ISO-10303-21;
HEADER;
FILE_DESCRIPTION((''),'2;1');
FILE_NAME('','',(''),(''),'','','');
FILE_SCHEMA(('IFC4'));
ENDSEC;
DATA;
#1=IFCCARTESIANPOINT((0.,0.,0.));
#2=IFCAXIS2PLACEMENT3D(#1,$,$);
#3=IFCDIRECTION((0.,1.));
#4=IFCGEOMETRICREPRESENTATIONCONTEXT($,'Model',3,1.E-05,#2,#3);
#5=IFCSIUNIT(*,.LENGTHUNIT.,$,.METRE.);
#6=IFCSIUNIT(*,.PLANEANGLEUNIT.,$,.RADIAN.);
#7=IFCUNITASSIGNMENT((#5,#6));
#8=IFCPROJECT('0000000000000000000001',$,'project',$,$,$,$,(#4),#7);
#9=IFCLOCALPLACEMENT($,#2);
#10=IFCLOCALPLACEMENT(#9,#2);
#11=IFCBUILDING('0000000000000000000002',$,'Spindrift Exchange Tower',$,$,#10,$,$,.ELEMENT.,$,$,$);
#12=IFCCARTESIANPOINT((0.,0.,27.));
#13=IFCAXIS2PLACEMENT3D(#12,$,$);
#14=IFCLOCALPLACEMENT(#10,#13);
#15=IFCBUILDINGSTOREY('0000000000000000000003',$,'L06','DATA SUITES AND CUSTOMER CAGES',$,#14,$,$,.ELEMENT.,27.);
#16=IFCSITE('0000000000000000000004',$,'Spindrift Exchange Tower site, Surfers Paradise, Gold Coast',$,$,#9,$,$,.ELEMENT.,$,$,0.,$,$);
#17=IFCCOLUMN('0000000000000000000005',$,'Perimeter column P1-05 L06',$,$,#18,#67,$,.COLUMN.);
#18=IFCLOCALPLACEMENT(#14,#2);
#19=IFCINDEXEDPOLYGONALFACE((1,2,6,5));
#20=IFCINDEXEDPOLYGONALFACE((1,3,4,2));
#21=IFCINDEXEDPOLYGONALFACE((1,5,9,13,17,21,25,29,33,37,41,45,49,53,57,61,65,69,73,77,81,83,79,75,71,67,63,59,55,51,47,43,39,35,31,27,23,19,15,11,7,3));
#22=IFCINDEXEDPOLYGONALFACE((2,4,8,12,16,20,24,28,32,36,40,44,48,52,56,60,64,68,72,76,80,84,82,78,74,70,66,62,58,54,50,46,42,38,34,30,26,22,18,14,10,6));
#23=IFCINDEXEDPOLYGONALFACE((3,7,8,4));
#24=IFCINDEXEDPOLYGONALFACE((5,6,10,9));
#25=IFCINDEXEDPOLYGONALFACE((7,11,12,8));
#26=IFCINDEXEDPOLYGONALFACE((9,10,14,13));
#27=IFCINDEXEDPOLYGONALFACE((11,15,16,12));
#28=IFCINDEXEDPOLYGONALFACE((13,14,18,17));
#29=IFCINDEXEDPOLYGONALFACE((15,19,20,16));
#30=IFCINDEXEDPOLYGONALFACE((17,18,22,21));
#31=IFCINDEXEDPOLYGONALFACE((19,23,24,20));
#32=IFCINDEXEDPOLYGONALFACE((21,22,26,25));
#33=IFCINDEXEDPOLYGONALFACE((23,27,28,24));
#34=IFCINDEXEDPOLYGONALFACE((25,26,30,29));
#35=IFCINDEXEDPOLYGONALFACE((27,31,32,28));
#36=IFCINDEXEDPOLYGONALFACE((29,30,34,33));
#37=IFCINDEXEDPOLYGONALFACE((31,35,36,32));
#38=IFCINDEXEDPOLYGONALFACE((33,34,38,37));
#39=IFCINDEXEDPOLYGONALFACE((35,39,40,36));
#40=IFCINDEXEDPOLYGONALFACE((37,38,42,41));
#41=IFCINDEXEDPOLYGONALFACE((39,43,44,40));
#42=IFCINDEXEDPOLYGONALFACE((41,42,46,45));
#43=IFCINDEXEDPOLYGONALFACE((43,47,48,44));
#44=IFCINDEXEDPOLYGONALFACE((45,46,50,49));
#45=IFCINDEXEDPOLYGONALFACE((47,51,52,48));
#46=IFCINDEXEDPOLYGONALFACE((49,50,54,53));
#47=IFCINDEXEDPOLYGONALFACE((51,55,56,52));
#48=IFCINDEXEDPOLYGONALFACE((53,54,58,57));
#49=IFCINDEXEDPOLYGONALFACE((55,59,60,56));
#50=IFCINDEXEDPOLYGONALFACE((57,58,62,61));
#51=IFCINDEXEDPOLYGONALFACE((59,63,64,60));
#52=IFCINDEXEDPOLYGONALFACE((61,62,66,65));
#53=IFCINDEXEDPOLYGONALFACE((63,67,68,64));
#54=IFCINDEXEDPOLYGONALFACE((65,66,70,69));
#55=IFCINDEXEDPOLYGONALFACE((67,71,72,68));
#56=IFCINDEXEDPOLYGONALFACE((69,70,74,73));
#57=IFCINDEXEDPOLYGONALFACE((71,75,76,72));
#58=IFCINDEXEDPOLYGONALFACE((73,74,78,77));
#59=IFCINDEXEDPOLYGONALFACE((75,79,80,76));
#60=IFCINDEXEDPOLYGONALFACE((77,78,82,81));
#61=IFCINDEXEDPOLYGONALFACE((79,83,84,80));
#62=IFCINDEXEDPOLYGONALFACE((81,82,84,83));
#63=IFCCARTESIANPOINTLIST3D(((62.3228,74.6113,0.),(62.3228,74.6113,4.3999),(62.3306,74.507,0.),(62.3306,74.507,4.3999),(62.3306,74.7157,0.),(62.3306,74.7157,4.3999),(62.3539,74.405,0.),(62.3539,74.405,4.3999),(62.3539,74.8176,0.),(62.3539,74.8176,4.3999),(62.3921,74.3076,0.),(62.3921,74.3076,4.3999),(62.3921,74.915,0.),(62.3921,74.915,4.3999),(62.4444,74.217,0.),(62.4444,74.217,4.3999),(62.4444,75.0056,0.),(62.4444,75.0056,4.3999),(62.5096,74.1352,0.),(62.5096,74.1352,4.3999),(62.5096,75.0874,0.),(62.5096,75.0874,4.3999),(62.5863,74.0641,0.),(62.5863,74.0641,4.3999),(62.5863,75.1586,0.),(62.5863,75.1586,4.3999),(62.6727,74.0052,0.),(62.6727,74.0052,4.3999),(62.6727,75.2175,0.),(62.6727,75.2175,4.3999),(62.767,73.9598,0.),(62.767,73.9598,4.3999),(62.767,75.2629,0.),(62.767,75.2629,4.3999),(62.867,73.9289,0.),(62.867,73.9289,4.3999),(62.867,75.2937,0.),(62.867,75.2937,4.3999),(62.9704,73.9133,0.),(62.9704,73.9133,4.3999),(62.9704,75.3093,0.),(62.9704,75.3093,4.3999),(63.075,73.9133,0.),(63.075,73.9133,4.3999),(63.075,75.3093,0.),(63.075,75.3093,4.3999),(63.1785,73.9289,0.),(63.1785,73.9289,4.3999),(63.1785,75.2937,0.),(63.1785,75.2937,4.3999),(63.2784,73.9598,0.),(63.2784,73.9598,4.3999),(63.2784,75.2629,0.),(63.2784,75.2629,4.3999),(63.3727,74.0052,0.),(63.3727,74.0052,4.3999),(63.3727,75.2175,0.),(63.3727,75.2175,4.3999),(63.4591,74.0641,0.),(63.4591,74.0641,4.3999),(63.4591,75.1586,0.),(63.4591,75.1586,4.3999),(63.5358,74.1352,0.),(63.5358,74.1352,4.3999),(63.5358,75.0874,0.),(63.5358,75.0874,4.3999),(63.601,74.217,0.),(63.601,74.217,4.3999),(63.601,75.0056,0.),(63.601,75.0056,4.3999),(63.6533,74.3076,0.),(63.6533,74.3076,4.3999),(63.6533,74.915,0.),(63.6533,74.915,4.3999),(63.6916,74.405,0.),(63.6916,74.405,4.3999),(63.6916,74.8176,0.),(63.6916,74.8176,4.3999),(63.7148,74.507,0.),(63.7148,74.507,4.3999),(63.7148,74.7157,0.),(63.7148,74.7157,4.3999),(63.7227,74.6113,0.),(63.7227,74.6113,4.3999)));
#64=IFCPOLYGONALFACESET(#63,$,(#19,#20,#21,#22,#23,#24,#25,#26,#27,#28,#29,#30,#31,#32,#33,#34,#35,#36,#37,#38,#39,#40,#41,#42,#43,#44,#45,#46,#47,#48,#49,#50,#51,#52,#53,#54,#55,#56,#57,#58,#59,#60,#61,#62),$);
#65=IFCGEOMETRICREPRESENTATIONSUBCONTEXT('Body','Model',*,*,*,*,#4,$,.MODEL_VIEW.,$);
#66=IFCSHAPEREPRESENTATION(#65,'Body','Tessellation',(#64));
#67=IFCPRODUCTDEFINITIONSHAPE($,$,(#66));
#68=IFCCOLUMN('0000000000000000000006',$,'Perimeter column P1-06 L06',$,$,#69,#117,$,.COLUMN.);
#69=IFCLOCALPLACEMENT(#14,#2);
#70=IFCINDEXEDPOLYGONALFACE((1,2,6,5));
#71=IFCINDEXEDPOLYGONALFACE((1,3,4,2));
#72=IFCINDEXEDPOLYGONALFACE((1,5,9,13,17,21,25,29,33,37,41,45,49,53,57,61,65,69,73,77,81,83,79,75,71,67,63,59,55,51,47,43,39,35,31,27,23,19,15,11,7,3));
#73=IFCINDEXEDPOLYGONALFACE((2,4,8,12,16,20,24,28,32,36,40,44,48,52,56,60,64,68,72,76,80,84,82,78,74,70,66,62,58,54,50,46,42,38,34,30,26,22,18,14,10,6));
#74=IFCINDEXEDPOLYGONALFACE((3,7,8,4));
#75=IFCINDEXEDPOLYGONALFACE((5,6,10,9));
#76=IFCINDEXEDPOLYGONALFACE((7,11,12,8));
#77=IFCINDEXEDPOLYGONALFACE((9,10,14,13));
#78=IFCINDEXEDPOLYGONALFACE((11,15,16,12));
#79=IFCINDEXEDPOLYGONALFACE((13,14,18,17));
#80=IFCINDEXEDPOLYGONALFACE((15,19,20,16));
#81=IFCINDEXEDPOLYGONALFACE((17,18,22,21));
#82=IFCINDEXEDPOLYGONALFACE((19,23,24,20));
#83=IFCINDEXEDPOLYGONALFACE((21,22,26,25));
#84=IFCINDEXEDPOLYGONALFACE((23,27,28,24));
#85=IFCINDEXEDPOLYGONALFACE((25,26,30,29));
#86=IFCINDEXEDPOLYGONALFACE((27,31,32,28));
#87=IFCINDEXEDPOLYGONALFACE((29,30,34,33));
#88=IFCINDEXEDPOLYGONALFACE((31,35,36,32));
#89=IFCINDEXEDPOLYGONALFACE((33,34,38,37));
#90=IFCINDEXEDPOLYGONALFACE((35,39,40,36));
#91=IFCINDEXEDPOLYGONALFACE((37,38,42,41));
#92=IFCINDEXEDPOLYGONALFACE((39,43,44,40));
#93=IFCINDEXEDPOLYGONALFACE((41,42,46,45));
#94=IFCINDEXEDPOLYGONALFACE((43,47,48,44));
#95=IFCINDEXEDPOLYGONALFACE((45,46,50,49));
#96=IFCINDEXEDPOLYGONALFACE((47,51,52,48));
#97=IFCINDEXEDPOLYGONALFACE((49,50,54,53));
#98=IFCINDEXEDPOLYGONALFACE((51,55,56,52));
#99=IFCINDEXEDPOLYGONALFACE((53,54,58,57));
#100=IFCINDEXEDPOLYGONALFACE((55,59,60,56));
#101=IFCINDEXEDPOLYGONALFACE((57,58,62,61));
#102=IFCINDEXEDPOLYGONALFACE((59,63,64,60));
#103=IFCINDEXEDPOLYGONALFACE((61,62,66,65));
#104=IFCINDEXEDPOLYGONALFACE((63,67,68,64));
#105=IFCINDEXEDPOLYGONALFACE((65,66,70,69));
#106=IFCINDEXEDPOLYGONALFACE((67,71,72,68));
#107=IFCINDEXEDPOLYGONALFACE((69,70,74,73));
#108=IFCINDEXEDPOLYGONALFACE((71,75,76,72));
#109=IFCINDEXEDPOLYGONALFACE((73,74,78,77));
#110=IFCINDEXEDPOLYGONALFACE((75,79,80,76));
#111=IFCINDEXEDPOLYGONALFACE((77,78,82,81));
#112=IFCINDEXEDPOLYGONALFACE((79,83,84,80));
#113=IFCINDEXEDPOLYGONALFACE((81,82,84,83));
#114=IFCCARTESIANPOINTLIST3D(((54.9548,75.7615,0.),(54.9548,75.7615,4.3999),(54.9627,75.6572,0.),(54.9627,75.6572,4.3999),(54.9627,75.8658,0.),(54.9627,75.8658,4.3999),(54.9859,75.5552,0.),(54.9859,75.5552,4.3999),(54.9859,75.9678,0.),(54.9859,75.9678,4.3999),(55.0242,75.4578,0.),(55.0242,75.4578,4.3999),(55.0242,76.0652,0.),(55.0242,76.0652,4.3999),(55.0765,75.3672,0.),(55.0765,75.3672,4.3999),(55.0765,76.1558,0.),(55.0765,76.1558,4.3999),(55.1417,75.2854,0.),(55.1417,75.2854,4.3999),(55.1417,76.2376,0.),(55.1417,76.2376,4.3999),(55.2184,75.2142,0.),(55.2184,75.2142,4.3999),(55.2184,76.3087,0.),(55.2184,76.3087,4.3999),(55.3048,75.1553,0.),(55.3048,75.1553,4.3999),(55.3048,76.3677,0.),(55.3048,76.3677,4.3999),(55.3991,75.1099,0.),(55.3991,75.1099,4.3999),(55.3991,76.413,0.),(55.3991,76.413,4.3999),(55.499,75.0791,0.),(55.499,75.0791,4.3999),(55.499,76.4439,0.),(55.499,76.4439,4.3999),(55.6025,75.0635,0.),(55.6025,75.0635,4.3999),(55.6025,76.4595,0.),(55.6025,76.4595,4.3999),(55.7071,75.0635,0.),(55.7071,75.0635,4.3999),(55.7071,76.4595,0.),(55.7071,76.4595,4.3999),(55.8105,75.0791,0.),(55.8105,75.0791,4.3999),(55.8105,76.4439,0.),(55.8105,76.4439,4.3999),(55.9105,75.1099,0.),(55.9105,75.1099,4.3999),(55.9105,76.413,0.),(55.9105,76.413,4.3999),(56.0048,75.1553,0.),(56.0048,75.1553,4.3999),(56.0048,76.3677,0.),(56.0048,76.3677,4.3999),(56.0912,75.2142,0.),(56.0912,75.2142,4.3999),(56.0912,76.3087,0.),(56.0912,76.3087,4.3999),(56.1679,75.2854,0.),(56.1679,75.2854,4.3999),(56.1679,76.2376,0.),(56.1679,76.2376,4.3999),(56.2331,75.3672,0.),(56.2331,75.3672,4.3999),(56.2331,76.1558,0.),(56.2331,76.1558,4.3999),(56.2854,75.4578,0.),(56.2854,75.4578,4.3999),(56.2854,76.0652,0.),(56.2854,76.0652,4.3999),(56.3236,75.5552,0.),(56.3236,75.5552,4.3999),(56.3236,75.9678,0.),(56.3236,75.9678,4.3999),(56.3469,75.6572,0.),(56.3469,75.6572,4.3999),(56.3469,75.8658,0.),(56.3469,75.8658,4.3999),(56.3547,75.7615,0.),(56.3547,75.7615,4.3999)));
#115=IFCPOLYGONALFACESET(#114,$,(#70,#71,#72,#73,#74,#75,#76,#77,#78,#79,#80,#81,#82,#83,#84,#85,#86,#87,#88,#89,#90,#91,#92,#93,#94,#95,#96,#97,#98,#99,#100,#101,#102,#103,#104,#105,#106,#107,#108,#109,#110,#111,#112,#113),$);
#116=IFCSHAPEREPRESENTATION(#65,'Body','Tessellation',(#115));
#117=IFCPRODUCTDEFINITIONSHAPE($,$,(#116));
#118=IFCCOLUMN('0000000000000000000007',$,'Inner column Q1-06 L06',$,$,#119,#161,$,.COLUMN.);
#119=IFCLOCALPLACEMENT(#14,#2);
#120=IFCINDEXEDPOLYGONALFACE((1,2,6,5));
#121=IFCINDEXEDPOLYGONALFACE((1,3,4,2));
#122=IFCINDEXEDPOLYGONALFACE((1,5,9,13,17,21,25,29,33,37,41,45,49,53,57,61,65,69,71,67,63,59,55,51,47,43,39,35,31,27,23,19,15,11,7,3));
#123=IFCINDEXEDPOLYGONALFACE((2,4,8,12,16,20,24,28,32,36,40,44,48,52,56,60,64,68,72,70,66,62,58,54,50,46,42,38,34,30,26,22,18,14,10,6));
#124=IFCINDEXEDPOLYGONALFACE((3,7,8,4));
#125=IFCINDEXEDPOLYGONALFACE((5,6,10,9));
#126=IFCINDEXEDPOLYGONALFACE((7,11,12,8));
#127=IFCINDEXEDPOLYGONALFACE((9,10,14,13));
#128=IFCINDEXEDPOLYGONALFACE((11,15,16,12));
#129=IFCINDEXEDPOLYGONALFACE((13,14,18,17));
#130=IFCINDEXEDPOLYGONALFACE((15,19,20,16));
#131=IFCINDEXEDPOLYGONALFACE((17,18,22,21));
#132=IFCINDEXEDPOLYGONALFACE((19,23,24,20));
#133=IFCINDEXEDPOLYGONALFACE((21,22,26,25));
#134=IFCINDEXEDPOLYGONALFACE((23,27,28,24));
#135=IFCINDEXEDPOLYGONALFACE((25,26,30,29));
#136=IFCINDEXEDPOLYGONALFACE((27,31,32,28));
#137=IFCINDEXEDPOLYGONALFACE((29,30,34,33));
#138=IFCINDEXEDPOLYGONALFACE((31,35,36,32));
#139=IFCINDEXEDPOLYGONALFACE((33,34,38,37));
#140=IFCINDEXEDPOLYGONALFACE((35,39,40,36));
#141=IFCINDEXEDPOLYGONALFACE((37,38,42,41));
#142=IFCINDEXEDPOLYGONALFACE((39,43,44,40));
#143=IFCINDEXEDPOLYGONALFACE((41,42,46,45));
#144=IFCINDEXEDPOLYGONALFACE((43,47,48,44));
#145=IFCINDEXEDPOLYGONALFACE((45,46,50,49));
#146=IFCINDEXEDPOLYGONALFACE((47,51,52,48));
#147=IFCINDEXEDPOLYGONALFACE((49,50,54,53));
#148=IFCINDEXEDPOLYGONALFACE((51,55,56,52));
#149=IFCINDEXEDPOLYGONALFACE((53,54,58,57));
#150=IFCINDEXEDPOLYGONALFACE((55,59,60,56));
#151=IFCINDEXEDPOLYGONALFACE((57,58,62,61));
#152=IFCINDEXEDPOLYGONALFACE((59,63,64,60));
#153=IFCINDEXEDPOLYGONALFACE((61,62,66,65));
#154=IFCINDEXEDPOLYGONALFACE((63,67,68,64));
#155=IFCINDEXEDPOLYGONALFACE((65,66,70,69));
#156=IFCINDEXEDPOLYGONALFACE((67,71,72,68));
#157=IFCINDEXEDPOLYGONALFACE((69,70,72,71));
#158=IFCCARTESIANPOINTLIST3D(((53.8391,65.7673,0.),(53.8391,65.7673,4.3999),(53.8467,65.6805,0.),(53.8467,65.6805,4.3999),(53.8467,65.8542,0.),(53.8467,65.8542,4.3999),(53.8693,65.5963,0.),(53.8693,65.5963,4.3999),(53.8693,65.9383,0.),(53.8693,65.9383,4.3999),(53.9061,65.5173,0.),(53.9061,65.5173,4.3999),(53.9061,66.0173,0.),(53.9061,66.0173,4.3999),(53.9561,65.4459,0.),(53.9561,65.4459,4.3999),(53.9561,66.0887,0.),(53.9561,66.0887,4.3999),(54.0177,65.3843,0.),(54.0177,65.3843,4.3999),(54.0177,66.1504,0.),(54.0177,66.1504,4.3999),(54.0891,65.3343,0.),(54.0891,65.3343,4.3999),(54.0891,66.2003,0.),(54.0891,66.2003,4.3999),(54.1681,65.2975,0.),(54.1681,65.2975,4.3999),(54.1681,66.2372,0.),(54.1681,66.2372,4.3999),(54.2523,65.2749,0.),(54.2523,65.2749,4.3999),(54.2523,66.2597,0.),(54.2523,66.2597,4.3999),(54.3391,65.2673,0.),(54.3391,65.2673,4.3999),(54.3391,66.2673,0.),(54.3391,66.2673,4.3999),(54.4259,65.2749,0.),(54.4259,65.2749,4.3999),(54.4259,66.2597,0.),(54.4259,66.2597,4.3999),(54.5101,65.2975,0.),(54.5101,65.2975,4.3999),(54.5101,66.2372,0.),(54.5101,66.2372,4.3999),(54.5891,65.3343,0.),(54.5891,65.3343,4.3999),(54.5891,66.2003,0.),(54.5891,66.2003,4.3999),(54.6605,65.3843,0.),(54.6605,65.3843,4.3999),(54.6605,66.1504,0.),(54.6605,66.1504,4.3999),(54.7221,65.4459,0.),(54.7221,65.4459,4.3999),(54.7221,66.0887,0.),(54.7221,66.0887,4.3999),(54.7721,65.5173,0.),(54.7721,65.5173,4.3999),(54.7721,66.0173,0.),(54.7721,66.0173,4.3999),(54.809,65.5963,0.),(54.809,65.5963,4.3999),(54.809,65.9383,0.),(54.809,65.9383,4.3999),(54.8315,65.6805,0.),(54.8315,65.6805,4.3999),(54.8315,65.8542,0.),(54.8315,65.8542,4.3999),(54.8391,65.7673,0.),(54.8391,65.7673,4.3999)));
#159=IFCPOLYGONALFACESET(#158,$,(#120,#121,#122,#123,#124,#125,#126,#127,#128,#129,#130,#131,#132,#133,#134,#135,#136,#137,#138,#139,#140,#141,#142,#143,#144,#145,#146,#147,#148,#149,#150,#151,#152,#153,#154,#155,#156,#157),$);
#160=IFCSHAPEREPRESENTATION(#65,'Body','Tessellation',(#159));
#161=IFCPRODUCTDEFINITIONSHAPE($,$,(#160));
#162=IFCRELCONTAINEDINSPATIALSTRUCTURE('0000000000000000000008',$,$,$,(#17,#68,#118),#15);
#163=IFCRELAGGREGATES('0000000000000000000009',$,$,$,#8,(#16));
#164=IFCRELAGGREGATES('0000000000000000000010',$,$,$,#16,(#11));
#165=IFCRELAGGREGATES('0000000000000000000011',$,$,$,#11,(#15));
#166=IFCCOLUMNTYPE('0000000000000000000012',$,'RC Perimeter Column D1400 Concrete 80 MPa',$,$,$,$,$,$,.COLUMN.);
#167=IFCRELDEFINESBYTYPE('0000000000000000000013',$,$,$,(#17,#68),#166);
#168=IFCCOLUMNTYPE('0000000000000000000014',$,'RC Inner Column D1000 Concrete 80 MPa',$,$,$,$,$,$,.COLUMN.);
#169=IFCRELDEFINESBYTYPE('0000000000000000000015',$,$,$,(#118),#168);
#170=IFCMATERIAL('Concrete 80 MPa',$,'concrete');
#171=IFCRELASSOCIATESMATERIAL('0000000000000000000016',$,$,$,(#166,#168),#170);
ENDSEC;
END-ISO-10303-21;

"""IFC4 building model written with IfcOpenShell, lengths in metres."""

from ifc_helpers import new_model, si_unit, direction, frame, origin, origin_2d, place, context, subcontext, project, spatial, circle, extrude, source, transform, mapped, material, material_profile, profile_set, type_object, element, save


model = new_model("IFC4")

# Units and contexts
model_context = context("Model", 3, precision=1e-05, world=origin(), true_north=direction((0.0, 1.0)))
body_context = subcontext(model_context, "Body", "Model", "MODEL_VIEW")
ifc_project = project(units=[si_unit("LENGTHUNIT", "METRE"), si_unit("PLANEANGLEUNIT", "RADIAN")], contexts=[model_context])

# Site, building, storey
site_placement = place(None, origin())
site = spatial("IfcSite", under=ifc_project, at=site_placement, Name="Spindrift Exchange Tower site, Surfers Paradise, Gold Coast", CompositionType="ELEMENT", RefElevation=0.0)
building_placement = place(site_placement, origin())
building = spatial("IfcBuilding", under=site, at=building_placement, Name="Spindrift Exchange Tower", CompositionType="ELEMENT")
storey_placement = place(building_placement, frame((0.0, 0.0, 27.0)))
storey = spatial("IfcBuildingStorey", under=building, at=storey_placement, Name="L06", Description="DATA SUITES AND CUSTOMER CAGES", CompositionType="ELEMENT", Elevation=27.0)

# Columns
ifc_material_1 = material(Name="Concrete 80 MPa", Category="concrete")
ifc_material_profile_1 = material_profile(ifc_material_1, circle(Radius=0.7, at=origin_2d()), Name="RC D1400")
ifc_profile_set_1 = profile_set([ifc_material_profile_1], Name="Concrete 80 MPa")
column_type_1 = type_object("IfcColumnType", Name="RC Perimeter Column D1400 Concrete 80 MPa", PredefinedType="COLUMN", material=ifc_profile_set_1)
shared_shape_1 = source(origin(), body_context, "Body", "SweptSolid", [
    extrude(circle(Radius=0.7, at=origin_2d()), origin(), (0.0, 0.0, 1.0), 4.3999),
])
for number, where, z_axis, x_axis, name in (
    (1, (63.0227, 74.6113, 0.0), (0.0, 0.0, 1.0), (1.0, 0.0, 0.0), "Perimeter column P1-05 L06"),
    (2, (55.6548, 75.7615, 0.0), (0.0, 0.0, 1.0), (1.0, 0.0, 0.0), "Perimeter column P1-06 L06"),
):
    element("IfcColumn", number, at=place(storey_placement, frame(where, z_axis=z_axis, x_axis=x_axis)), inside=storey, type_object=column_type_1, Name=name, PredefinedType="COLUMN", context=body_context, shape_type="MappedRepresentation", body=[
        mapped(shared_shape_1, transform((0.0, 0.0, 0.0), scale=1.0)),
    ])
ifc_material_profile_2 = material_profile(ifc_material_1, circle(Radius=0.5, at=origin_2d()), Name="RC D1000")
ifc_profile_set_2 = profile_set([ifc_material_profile_2], Name="Concrete 80 MPa")
column_type_2 = type_object("IfcColumnType", Name="RC Inner Column D1000 Concrete 80 MPa", PredefinedType="COLUMN", material=ifc_profile_set_2)
shared_shape_2 = source(origin(), body_context, "Body", "SweptSolid", [
    extrude(circle(Radius=0.5, at=origin_2d()), origin(), (0.0, 0.0, 1.0), 4.3999),
])
column_placement = place(storey_placement, frame((54.3391, 65.7673, 0.0), z_axis=(0.0, 0.0, 1.0), x_axis=(1.0, 0.0, 0.0)))
element("IfcColumn", 3, at=column_placement, inside=storey, type_object=column_type_2, Name="Inner column Q1-06 L06", PredefinedType="COLUMN", context=body_context, shape_type="MappedRepresentation", body=[
    mapped(shared_shape_2, transform((0.0, 0.0, 0.0), scale=1.0)),
])

save(model, "model.ifc")
